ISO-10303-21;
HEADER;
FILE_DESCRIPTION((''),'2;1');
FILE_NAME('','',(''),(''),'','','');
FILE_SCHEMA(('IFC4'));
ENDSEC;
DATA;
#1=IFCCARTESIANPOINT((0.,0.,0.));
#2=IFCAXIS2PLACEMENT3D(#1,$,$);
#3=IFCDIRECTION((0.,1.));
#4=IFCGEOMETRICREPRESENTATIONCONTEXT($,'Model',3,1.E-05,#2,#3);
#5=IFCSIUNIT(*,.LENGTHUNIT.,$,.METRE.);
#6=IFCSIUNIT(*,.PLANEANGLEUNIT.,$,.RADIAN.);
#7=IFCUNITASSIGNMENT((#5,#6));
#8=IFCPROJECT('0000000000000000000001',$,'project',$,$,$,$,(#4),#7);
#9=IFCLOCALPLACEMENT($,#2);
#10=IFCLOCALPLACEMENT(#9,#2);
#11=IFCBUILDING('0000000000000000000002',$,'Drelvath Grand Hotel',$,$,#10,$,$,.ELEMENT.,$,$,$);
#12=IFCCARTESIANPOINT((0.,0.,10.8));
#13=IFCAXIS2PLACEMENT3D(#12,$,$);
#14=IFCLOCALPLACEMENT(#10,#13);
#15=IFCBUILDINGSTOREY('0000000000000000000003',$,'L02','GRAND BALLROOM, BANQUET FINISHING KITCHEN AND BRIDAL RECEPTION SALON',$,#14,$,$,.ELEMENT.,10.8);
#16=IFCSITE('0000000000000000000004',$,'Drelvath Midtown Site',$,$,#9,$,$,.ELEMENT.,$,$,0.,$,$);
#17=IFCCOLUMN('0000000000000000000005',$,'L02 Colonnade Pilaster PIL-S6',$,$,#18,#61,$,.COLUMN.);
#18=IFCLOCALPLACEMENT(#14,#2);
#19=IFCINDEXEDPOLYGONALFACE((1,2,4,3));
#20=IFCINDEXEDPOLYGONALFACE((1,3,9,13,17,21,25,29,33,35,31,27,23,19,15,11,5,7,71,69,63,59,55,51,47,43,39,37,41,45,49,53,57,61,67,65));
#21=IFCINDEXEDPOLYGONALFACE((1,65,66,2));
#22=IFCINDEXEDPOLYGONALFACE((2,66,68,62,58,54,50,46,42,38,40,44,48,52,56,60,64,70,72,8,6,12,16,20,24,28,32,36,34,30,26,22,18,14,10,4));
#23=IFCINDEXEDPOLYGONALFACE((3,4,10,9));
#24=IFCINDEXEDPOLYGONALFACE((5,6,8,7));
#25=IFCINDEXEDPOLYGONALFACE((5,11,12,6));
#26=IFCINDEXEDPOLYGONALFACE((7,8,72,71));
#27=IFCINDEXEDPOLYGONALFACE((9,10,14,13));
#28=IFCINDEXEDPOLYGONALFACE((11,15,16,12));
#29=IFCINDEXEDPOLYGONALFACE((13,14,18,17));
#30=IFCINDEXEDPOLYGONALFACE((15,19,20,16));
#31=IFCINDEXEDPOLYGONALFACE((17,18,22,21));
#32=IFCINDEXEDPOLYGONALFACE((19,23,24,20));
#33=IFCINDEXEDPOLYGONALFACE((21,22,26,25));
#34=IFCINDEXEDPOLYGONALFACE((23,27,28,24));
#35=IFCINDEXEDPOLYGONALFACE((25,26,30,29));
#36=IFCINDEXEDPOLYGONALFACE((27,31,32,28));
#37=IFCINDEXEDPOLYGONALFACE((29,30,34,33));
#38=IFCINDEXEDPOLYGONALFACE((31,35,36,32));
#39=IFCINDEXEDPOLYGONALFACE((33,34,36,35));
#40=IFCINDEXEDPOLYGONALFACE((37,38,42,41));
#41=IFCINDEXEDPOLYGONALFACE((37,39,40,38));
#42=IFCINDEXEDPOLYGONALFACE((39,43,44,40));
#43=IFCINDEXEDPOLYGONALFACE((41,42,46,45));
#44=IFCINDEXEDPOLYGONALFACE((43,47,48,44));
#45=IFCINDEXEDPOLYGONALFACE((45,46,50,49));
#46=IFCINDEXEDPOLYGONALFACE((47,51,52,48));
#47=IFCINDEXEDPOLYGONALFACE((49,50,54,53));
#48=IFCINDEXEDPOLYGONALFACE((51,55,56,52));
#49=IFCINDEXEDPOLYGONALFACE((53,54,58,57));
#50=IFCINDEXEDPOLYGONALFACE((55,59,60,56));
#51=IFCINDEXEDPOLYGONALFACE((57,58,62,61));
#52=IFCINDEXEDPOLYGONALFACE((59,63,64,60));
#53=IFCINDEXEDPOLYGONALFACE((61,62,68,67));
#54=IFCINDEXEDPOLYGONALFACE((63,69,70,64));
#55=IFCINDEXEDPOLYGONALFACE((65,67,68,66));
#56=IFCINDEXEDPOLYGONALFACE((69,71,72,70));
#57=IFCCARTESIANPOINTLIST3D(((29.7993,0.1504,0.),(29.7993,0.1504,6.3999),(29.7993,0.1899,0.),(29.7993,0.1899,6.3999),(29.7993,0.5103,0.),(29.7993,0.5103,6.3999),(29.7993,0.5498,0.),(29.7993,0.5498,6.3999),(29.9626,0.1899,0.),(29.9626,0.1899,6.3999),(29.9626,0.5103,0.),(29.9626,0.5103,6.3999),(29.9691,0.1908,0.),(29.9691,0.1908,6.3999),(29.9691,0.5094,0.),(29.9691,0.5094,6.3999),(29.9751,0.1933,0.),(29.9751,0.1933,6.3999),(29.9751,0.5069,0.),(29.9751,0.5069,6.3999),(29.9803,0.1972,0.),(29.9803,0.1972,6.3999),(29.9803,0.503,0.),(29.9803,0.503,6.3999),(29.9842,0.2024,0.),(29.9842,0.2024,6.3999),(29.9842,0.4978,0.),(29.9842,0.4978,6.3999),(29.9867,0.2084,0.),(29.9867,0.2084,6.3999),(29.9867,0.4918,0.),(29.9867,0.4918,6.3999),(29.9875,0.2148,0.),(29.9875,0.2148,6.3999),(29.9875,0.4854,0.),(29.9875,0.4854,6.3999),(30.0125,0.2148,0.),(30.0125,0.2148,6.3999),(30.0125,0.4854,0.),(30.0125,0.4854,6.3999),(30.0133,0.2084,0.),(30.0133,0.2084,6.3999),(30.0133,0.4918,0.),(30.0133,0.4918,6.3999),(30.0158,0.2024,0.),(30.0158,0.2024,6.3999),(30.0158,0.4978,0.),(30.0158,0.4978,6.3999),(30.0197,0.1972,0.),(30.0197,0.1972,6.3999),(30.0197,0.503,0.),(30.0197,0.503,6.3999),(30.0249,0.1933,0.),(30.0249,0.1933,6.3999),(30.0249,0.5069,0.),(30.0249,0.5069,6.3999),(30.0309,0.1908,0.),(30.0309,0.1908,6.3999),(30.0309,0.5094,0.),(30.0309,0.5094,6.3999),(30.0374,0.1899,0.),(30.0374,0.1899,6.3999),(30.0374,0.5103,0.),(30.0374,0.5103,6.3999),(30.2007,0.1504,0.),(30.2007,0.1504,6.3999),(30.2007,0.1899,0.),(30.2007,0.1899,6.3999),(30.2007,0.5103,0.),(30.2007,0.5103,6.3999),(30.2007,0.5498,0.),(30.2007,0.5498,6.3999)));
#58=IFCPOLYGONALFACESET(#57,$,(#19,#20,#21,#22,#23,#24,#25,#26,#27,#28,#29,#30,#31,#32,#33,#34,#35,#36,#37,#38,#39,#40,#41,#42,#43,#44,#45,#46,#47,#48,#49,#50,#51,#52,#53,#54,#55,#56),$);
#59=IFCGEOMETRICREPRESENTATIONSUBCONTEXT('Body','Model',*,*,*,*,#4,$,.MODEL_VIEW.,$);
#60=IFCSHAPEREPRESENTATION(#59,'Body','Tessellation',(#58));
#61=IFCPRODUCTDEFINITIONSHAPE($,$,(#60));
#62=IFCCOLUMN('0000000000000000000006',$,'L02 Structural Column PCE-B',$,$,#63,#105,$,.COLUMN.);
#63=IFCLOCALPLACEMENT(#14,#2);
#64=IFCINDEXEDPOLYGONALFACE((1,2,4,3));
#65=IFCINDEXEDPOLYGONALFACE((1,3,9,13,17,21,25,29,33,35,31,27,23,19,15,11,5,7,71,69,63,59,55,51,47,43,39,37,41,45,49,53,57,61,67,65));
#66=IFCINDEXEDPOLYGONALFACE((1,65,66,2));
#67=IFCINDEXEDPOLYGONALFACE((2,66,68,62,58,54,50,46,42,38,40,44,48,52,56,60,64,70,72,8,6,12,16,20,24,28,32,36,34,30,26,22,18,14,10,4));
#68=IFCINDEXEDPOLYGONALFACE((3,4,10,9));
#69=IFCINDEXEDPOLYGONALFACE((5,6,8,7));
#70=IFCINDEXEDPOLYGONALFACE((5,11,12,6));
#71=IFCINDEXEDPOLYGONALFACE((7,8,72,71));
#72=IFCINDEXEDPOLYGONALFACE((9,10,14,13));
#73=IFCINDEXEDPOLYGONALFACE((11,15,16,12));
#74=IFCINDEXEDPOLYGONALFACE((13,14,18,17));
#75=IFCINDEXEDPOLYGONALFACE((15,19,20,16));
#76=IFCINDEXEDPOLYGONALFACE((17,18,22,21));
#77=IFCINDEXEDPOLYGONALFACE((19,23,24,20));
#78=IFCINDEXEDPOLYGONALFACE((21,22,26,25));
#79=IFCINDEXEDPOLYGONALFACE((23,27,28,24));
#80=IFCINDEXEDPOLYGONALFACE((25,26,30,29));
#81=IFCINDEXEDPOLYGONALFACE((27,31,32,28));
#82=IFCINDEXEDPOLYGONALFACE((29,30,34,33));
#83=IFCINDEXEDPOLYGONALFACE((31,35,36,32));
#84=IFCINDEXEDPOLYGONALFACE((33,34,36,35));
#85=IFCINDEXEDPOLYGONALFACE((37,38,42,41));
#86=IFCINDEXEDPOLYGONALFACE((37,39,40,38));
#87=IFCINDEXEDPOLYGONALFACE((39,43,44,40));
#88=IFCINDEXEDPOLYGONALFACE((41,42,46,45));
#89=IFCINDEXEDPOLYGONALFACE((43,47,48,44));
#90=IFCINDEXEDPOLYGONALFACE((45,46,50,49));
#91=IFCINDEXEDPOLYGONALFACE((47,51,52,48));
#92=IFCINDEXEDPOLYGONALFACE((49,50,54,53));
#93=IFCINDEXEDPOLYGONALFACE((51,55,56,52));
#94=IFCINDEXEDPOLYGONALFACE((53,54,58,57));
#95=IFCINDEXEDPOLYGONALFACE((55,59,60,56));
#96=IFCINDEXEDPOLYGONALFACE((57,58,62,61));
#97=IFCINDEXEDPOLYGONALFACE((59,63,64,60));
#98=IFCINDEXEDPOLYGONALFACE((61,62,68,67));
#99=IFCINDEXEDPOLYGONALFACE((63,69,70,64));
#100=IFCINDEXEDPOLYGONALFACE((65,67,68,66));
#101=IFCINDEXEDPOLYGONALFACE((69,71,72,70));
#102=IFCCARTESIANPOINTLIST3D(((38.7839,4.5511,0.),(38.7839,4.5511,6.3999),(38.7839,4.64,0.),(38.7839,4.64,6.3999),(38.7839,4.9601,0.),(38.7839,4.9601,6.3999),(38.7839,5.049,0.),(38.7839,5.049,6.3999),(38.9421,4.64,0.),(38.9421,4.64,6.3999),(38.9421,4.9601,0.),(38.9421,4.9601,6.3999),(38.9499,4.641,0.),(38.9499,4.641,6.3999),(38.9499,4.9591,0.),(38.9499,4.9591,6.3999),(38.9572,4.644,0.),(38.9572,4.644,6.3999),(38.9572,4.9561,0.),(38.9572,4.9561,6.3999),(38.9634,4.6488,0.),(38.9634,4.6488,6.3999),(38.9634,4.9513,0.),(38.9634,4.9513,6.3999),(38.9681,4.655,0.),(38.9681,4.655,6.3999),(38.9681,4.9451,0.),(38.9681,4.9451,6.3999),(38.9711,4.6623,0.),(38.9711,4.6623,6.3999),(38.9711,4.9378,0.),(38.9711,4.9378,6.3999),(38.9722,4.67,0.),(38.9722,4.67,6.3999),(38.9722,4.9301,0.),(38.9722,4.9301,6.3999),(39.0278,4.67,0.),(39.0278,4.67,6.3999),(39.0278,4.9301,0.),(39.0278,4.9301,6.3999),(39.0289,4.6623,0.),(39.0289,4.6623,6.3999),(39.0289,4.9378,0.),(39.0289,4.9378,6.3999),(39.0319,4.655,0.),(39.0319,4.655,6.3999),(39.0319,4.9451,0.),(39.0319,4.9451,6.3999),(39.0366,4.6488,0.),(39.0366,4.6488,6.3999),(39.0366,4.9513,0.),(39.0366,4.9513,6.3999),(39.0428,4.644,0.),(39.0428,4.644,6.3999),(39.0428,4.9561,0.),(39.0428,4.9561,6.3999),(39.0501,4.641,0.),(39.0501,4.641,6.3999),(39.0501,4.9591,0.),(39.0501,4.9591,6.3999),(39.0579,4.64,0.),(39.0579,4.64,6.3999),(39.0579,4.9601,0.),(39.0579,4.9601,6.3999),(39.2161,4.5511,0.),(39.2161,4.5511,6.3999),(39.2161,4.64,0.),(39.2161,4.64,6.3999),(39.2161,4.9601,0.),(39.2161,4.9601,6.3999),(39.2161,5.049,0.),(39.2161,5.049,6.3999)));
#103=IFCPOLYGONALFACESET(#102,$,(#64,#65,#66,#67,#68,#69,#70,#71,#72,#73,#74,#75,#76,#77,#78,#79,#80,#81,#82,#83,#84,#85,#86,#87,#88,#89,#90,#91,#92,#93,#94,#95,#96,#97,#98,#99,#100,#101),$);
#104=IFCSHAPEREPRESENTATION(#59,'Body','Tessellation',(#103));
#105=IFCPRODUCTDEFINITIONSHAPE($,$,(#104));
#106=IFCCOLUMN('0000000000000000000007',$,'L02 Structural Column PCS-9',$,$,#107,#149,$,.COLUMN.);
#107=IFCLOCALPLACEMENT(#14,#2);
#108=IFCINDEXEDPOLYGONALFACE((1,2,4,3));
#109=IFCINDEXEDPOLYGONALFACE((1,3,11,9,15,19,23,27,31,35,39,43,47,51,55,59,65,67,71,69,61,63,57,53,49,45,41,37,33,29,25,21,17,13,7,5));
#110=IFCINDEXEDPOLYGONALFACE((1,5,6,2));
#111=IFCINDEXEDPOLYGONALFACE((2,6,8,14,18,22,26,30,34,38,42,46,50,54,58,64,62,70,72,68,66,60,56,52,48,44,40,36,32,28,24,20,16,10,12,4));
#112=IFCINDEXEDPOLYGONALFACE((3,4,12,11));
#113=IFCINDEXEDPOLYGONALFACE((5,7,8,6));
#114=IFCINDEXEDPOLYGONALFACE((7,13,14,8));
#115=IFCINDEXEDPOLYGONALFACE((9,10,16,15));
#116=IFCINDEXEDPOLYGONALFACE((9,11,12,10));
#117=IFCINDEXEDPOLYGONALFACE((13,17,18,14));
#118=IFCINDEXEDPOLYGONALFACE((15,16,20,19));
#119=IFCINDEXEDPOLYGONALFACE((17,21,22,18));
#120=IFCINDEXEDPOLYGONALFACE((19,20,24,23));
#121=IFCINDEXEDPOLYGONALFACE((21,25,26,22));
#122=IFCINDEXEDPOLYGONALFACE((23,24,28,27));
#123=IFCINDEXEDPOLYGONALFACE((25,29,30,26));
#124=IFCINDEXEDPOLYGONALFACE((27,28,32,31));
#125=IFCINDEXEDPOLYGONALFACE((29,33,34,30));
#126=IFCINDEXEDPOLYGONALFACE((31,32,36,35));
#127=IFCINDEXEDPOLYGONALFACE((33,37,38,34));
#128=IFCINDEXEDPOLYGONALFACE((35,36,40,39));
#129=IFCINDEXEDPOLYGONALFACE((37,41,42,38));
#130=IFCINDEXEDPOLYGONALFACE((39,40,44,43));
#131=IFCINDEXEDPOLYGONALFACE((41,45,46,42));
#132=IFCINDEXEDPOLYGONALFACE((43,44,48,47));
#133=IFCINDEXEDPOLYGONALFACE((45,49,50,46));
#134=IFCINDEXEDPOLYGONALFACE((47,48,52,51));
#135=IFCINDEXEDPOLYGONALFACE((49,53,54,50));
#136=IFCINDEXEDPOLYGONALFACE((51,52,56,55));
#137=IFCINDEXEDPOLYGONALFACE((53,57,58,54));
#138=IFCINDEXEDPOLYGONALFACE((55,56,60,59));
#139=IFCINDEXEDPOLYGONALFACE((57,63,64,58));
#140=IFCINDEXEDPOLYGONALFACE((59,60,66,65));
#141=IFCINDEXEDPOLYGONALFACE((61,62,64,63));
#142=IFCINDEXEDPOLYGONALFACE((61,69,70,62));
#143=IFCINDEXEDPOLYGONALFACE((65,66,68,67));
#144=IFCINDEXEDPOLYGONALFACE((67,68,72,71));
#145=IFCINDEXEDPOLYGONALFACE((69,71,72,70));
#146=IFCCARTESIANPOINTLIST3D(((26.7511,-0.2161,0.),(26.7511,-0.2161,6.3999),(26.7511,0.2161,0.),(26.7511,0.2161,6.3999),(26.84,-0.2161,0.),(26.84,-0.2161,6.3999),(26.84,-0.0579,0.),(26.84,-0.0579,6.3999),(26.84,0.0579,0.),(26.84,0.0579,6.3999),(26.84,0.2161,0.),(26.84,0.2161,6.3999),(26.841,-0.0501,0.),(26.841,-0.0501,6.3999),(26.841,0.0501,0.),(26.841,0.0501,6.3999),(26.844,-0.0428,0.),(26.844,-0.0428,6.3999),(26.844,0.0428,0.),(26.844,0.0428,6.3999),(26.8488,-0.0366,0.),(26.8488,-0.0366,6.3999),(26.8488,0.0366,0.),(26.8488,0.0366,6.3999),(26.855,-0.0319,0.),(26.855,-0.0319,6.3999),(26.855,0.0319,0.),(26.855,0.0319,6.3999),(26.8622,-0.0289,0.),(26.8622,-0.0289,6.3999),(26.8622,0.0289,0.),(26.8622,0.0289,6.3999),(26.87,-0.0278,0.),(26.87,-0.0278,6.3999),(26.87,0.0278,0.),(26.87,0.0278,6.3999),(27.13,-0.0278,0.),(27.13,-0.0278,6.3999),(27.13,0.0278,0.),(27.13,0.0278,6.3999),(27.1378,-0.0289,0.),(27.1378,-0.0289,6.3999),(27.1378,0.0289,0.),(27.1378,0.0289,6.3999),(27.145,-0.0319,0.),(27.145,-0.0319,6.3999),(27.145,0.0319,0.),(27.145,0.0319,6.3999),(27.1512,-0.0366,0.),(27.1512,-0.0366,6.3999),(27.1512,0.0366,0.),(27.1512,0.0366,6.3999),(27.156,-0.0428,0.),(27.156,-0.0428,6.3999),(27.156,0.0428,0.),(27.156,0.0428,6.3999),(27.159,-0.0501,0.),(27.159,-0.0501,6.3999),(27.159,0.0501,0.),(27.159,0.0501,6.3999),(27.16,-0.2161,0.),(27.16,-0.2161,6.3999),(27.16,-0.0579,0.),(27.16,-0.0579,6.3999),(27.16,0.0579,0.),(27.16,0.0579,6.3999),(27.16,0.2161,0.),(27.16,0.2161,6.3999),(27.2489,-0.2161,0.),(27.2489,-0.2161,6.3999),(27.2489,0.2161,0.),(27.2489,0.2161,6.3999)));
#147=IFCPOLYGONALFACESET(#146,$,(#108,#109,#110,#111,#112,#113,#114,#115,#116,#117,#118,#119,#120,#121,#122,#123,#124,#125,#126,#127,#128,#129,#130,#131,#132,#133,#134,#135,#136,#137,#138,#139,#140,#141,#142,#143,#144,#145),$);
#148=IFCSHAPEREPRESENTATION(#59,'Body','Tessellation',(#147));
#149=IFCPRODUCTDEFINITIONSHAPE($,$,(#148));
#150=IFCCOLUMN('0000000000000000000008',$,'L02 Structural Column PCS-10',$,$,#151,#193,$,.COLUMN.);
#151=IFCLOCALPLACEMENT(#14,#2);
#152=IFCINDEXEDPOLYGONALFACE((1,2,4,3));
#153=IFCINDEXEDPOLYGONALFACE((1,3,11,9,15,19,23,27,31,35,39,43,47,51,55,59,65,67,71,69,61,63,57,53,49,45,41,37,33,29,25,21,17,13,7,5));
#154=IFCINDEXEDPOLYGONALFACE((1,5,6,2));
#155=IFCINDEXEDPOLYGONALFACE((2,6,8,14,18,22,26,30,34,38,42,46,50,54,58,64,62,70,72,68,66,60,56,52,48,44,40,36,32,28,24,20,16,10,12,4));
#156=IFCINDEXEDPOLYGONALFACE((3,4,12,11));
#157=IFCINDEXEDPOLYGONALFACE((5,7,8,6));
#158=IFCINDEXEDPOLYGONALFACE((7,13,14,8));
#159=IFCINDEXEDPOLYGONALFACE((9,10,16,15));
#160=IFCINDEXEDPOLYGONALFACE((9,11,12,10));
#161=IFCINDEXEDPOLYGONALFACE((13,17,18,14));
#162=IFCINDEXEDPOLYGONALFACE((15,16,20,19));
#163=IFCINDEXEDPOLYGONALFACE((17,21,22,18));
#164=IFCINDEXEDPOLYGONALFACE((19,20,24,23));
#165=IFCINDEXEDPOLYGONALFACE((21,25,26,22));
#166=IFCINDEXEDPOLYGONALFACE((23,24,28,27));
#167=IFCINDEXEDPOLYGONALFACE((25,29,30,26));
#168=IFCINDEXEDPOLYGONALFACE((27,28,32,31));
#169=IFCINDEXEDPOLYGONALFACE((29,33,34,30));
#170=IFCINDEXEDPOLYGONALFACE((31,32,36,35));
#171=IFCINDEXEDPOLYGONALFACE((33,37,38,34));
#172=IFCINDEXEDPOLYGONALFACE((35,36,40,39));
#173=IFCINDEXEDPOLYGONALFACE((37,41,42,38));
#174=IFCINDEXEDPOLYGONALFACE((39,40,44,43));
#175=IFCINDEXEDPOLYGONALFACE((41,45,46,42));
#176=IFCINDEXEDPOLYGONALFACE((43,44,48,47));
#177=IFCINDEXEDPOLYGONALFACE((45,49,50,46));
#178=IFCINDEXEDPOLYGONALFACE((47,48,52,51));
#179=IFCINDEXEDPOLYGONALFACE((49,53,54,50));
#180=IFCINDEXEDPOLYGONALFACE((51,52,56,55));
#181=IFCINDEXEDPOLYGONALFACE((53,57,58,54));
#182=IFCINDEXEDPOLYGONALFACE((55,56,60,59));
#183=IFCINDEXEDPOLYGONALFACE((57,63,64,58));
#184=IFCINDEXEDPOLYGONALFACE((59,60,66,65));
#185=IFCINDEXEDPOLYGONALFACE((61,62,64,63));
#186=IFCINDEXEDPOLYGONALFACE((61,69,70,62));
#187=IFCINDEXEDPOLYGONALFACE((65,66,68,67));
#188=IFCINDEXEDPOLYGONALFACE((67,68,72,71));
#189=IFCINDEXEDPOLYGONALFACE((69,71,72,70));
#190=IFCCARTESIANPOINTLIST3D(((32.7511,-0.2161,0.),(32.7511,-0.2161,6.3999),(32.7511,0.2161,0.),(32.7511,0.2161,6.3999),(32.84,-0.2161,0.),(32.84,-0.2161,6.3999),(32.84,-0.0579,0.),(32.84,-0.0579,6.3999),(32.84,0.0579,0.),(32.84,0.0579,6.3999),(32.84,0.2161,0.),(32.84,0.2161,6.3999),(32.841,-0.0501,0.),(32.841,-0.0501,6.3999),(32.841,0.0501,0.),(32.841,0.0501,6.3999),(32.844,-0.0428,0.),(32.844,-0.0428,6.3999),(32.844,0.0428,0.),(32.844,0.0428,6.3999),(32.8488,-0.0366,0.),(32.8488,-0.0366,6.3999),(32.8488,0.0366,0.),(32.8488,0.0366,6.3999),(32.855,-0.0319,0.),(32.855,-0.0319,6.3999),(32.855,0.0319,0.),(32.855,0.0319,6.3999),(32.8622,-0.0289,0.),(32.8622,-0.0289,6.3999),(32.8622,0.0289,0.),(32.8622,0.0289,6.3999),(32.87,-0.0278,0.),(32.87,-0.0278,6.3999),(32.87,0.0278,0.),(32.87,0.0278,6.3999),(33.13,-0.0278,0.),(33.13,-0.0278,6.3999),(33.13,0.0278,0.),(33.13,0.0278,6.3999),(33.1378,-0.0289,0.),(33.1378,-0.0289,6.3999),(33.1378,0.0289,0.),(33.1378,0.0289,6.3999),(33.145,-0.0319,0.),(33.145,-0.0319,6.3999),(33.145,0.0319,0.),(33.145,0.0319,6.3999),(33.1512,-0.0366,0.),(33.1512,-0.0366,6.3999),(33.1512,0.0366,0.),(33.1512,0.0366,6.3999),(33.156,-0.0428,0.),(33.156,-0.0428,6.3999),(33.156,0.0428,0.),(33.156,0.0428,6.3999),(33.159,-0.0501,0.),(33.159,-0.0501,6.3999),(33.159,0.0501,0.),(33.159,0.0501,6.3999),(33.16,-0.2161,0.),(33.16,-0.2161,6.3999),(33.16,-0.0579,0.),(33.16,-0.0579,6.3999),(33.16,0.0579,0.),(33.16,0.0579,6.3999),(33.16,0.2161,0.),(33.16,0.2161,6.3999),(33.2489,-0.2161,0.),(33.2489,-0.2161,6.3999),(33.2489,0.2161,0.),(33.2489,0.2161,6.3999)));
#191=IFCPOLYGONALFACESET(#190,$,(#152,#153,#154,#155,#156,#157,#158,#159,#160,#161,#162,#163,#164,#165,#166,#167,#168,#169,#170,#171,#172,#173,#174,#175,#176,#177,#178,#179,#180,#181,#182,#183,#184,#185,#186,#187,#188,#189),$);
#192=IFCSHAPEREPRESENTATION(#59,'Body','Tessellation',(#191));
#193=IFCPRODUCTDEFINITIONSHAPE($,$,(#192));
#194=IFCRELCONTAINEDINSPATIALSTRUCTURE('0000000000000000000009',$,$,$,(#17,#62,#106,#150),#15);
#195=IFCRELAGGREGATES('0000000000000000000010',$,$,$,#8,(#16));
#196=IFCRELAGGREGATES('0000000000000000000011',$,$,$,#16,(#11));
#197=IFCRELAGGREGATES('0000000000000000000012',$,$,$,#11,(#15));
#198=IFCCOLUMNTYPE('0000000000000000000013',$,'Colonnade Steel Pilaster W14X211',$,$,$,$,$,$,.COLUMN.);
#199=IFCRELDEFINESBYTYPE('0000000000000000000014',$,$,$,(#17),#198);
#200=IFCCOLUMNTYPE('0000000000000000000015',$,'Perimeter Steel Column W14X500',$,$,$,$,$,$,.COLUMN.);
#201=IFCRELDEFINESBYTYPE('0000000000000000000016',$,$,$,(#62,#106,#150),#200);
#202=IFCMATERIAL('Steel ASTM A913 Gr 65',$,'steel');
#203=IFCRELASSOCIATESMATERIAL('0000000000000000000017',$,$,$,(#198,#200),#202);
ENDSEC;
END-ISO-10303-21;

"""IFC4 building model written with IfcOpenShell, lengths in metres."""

from ifc_helpers import new_model, si_unit, direction, frame, origin, origin_2d, place, context, subcontext, project, spatial, i_section, extrude, material, material_profile, profile_set, type_object, element, save


model = new_model("IFC4")

# Units and contexts
model_context = context("Model", 3, precision=1e-05, world=origin(), true_north=direction((0.0, 1.0)))
body_context = subcontext(model_context, "Body", "Model", "MODEL_VIEW")
ifc_project = project(units=[si_unit("LENGTHUNIT", "METRE"), si_unit("PLANEANGLEUNIT", "RADIAN")], contexts=[model_context])

# Site, building, storey
site_placement = place(None, origin())
site = spatial("IfcSite", under=ifc_project, at=site_placement, Name="Drelvath Midtown Site", CompositionType="ELEMENT", RefElevation=0.0)
building_placement = place(site_placement, origin())
building = spatial("IfcBuilding", under=site, at=building_placement, Name="Drelvath Grand Hotel", CompositionType="ELEMENT")
storey_placement = place(building_placement, frame((0.0, 0.0, 10.8)))
storey = spatial("IfcBuildingStorey", under=building, at=storey_placement, Name="L02", Description="GRAND BALLROOM, BANQUET FINISHING KITCHEN AND BRIDAL RECEPTION SALON", CompositionType="ELEMENT", Elevation=10.8)

# Columns
ifc_material_1 = material(Name="Steel ASTM A913 Gr 65", Category="steel")
ifc_material_profile_1 = material_profile(ifc_material_1, i_section(OverallWidth=0.4014, OverallDepth=0.3994, WebThickness=0.0249, FlangeThickness=0.0396, FilletRadius=0.0249, at=origin_2d()), Name="W14X211")
ifc_profile_set_1 = profile_set([ifc_material_profile_1], Name="Steel ASTM A913 Gr 65")
column_type_1 = type_object("IfcColumnType", Name="Colonnade Steel Pilaster W14X211", PredefinedType="COLUMN", material=ifc_profile_set_1)
column_1_placement = place(storey_placement, frame((30.0, 0.3501, 0.0), z_axis=(0.0, 0.0, 1.0), x_axis=(1.0, 0.0, 0.0)))
element("IfcColumn", 1, at=column_1_placement, inside=storey, type_object=column_type_1, Name="L02 Colonnade Pilaster PIL-S6", PredefinedType="COLUMN", context=body_context, shape_type="SweptSolid", body=[
    extrude(i_section(OverallWidth=0.4014, OverallDepth=0.3994, WebThickness=0.0249, FlangeThickness=0.0396, FilletRadius=0.0249, at=origin_2d()), origin(), (0.0, 0.0, 1.0), 6.3999),
])
ifc_material_profile_2 = material_profile(ifc_material_1, i_section(OverallWidth=0.4321, OverallDepth=0.4978, WebThickness=0.0557, FlangeThickness=0.0889, FilletRadius=0.03, at=origin_2d()), Name="W14X500")
ifc_profile_set_2 = profile_set([ifc_material_profile_2], Name="Steel ASTM A913 Gr 65")
column_type_2 = type_object("IfcColumnType", Name="Perimeter Steel Column W14X500", PredefinedType="COLUMN", material=ifc_profile_set_2)
for number, where, z_axis, x_axis, name in (
    (2, (39.0, 4.8, 0.0), (0.0, 0.0, 1.0), (1.0, 0.0, 0.0), "L02 Structural Column PCE-B"),
    (3, (27.0, 0.0, 0.0), (0.0, 0.0, 1.0), (0.0, 1.0, 0.0), "L02 Structural Column PCS-9"),
    (4, (33.0, 0.0, 0.0), (0.0, 0.0, 1.0), (0.0, 1.0, 0.0), "L02 Structural Column PCS-10"),
):
    element("IfcColumn", number, at=place(storey_placement, frame(where, z_axis=z_axis, x_axis=x_axis)), inside=storey, type_object=column_type_2, Name=name, PredefinedType="COLUMN", context=body_context, shape_type="SweptSolid", body=[
        extrude(i_section(OverallWidth=0.4321, OverallDepth=0.4978, WebThickness=0.0557, FlangeThickness=0.0889, FilletRadius=0.03, at=origin_2d()), origin(), (0.0, 0.0, 1.0), 6.3999),
    ])

save(model, "model.ifc")
